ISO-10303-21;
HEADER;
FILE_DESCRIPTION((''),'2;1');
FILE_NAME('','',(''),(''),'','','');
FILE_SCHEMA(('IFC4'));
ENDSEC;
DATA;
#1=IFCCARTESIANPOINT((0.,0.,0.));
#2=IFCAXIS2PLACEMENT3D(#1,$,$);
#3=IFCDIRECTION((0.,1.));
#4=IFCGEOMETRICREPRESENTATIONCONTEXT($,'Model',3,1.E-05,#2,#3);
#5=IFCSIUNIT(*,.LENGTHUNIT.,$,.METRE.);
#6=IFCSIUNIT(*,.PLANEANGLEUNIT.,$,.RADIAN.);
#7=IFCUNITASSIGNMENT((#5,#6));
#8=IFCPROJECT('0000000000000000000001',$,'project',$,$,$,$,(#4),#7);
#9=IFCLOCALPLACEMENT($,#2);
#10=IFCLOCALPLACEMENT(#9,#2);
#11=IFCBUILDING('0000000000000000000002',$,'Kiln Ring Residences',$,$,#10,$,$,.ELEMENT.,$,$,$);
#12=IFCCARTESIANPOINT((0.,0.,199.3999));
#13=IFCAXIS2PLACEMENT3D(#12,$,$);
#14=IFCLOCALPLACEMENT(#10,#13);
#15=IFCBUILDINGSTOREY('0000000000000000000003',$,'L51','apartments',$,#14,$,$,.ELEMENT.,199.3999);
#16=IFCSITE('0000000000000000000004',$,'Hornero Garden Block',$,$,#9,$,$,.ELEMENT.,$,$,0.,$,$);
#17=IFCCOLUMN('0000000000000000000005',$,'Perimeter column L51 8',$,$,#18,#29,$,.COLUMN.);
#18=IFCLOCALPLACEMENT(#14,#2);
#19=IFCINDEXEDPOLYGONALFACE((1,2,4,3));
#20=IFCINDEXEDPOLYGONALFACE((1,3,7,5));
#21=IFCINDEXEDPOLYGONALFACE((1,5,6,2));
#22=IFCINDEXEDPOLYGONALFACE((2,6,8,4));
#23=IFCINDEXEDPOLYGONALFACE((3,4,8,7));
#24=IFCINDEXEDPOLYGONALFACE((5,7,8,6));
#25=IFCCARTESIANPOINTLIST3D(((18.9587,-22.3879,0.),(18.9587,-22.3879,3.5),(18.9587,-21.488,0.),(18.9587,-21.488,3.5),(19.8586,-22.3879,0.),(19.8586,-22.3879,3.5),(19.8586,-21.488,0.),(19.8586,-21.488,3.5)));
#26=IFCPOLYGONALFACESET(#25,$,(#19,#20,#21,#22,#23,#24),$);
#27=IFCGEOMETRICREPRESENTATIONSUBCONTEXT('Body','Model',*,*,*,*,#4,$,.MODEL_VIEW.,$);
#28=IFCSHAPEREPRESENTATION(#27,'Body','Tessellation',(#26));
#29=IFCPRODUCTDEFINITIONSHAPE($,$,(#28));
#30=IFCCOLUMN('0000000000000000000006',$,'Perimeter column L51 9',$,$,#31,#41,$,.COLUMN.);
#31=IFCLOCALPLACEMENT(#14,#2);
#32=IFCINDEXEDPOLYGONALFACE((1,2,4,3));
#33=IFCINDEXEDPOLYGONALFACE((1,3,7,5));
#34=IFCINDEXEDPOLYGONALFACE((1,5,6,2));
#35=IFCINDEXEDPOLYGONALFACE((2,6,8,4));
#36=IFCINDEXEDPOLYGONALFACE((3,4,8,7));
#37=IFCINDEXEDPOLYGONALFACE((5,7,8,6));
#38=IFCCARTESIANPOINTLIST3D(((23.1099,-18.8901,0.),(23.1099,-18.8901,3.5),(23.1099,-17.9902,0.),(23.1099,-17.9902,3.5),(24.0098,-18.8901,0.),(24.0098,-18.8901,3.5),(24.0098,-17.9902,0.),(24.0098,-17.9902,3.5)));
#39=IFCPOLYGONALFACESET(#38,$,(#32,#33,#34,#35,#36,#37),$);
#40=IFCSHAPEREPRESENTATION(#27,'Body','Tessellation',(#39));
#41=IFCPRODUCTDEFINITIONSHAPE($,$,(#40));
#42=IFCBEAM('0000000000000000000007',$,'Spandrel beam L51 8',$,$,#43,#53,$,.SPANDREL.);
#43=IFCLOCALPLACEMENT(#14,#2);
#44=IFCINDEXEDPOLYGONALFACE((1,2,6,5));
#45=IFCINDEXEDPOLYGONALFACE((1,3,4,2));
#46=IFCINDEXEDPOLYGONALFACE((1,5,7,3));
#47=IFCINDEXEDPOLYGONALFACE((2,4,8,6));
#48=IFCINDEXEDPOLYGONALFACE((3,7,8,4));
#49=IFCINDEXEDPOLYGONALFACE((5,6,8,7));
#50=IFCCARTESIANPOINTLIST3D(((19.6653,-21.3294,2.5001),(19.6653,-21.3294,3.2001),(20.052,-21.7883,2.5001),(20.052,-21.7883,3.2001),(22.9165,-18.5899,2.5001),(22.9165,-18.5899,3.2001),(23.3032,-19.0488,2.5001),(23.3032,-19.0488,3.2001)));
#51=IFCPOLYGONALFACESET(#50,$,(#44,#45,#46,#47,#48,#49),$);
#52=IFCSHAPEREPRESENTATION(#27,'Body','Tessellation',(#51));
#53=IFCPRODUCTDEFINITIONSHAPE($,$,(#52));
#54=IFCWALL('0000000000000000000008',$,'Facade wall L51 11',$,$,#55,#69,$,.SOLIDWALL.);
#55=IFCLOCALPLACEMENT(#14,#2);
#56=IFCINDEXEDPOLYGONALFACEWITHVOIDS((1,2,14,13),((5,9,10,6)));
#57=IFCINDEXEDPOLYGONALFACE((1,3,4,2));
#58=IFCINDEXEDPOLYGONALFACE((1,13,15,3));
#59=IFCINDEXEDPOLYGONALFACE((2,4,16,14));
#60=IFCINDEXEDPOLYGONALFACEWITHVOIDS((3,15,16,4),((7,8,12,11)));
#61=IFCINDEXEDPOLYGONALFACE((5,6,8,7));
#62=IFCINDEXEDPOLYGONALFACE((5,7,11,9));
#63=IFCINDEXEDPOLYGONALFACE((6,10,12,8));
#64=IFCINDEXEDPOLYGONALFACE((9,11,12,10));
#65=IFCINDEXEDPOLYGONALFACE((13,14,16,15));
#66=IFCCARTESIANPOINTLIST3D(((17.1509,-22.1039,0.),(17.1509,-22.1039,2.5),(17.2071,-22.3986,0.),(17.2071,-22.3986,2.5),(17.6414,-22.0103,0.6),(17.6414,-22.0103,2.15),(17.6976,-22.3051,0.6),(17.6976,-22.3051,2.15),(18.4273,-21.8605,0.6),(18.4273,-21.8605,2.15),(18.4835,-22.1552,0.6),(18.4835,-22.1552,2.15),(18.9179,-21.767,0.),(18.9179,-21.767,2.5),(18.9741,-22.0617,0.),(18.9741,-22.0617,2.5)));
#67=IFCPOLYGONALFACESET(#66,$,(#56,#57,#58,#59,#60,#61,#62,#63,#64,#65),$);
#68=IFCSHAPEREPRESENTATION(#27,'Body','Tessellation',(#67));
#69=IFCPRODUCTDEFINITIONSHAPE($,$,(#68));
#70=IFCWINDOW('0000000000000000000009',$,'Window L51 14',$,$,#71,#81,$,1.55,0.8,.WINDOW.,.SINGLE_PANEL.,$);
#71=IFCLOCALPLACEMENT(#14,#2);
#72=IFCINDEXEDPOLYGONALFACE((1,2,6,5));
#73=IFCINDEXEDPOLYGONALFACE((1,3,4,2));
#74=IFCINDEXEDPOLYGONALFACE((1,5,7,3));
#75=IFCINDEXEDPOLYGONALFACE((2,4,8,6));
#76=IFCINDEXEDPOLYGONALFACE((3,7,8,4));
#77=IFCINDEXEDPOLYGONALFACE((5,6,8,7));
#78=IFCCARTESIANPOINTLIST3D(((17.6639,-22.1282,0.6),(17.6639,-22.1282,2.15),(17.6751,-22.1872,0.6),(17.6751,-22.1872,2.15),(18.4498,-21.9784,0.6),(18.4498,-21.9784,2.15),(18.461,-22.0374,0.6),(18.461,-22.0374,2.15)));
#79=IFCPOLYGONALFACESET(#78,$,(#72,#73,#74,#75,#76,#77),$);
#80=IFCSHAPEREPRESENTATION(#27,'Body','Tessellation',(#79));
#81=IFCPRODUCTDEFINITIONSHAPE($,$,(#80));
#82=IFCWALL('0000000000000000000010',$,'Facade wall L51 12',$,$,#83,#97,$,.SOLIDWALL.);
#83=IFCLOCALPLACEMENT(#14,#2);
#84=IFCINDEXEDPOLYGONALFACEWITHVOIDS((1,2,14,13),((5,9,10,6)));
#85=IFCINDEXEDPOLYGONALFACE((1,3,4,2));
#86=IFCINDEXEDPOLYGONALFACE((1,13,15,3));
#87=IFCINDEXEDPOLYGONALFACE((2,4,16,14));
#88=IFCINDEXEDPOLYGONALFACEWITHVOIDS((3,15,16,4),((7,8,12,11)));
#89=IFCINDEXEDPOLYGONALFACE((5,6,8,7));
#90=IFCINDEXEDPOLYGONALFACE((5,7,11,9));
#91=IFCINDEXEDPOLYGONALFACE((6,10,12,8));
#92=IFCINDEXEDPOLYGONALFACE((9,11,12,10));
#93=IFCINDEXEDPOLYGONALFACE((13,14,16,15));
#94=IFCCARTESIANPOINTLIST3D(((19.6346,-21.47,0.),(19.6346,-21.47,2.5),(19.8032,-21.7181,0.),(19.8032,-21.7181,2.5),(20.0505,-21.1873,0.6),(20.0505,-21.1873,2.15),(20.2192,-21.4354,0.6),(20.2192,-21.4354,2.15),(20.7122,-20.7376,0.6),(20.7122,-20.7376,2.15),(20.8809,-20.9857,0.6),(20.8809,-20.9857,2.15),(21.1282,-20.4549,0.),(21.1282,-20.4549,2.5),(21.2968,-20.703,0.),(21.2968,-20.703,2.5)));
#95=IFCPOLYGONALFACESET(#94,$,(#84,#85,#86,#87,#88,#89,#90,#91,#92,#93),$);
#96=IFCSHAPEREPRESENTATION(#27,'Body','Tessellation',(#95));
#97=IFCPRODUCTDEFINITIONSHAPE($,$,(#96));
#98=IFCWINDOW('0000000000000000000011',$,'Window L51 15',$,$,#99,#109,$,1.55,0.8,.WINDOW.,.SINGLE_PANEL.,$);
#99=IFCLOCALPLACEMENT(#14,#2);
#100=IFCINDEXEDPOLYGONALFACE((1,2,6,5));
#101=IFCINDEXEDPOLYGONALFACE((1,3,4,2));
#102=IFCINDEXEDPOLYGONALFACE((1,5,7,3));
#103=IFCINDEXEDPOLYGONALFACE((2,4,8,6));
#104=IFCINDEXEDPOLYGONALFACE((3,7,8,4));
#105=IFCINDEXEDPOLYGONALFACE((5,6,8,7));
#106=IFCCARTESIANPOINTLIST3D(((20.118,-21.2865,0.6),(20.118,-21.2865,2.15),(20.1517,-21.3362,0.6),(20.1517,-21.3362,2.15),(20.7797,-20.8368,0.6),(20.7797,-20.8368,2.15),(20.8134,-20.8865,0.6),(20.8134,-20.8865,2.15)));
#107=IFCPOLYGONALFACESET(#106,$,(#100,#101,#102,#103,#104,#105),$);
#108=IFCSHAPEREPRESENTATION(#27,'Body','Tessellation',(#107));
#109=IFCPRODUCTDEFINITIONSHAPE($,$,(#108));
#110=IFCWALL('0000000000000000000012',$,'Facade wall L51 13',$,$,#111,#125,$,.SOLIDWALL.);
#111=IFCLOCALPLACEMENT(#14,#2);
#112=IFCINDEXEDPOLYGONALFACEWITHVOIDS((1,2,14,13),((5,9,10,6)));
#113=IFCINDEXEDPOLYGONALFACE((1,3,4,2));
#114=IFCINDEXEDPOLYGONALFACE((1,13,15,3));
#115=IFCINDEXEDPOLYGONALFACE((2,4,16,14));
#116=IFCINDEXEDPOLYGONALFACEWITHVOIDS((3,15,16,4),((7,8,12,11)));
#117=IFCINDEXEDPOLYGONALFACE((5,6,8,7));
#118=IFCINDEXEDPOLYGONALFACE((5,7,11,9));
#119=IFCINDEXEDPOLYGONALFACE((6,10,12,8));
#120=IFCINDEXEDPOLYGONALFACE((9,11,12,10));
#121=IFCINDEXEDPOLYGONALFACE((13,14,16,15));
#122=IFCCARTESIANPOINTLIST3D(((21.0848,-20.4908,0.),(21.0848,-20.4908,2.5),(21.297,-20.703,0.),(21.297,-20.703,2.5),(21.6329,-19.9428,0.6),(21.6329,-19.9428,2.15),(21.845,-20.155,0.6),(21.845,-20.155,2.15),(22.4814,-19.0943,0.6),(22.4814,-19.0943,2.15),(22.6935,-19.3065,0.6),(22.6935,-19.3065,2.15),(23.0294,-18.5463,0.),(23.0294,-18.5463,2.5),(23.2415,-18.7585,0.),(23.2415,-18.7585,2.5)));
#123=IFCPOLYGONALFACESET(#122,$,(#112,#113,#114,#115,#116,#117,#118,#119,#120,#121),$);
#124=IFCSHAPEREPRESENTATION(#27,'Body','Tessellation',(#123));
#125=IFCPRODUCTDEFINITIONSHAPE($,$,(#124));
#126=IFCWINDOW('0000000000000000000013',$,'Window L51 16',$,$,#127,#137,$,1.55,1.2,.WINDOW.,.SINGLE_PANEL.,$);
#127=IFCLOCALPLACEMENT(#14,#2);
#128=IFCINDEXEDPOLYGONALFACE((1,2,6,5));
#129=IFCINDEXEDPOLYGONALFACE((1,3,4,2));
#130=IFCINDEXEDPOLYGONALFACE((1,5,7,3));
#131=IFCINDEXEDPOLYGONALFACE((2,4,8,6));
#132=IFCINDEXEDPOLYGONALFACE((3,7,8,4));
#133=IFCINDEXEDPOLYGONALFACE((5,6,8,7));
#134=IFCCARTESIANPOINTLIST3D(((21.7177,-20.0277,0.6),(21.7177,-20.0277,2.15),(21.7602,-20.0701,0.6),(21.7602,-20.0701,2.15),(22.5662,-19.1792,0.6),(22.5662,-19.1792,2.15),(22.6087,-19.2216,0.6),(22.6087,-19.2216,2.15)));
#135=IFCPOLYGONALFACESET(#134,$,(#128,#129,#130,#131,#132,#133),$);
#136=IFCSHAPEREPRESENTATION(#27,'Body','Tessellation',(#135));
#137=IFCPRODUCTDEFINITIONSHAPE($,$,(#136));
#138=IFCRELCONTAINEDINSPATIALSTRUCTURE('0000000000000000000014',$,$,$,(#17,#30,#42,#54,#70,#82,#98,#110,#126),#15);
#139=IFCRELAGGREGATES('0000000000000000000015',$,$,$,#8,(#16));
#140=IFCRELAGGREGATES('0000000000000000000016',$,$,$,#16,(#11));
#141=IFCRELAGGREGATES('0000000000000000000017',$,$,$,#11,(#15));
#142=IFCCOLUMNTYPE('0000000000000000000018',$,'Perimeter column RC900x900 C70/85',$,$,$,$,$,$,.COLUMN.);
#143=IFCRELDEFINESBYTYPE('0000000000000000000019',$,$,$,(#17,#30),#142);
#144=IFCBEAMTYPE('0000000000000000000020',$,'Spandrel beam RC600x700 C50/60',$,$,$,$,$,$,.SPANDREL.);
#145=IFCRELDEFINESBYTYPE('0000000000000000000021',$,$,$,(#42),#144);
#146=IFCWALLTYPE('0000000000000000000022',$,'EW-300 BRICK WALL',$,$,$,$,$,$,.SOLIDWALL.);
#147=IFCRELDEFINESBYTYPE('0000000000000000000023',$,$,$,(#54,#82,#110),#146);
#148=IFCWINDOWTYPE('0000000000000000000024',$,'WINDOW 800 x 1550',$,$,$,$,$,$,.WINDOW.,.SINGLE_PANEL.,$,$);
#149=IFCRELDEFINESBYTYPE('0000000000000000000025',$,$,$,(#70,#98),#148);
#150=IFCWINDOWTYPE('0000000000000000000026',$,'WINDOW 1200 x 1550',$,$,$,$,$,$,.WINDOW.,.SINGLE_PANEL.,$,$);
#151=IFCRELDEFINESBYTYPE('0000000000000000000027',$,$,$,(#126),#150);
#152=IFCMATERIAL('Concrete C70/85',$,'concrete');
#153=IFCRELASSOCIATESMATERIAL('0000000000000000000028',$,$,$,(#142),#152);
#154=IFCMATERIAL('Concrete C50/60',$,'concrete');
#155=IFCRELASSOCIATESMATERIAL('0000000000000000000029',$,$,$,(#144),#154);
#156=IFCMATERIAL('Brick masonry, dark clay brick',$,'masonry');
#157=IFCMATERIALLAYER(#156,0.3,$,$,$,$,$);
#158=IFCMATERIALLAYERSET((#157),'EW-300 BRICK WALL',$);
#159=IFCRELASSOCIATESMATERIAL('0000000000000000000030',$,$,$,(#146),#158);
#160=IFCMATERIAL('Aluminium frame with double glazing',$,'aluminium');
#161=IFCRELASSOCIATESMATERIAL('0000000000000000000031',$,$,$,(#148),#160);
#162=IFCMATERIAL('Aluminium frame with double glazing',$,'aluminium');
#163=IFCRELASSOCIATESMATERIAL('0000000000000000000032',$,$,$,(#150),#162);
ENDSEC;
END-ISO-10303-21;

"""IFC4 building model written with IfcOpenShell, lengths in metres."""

from ifc_helpers import new_model, si_unit, direction, frame, frame_2d, origin, origin_2d, place, context, subcontext, project, spatial, rectangle, extrude, material, layer, layer_set, material_profile, profile_set, type_object, element, fill, save


model = new_model("IFC4")

# Units and contexts
model_context = context("Model", 3, precision=1e-05, world=origin(), true_north=direction((0.0, 1.0)))
body_context = subcontext(model_context, "Body", "Model", "MODEL_VIEW")
ifc_project = project(units=[si_unit("LENGTHUNIT", "METRE"), si_unit("PLANEANGLEUNIT", "RADIAN")], contexts=[model_context])

# Site, building, storey
site_placement = place(None, origin())
site = spatial("IfcSite", under=ifc_project, at=site_placement, Name="Hornero Garden Block", CompositionType="ELEMENT", RefElevation=0.0)
building_placement = place(site_placement, origin())
building = spatial("IfcBuilding", under=site, at=building_placement, Name="Kiln Ring Residences", CompositionType="ELEMENT")
storey_placement = place(building_placement, frame((0.0, 0.0, 199.3999)))
storey = spatial("IfcBuildingStorey", under=building, at=storey_placement, Name="L51", Description="apartments", CompositionType="ELEMENT", Elevation=199.3999)

# Columns
ifc_material_1 = material(Name="Concrete C70/85", Category="concrete")
ifc_material_profile_1 = material_profile(ifc_material_1, rectangle(XDim=0.8999, YDim=0.8999, at=origin_2d()), Name="RC900x900")
ifc_profile_set_1 = profile_set([ifc_material_profile_1], Name="Concrete C70/85")
column_type = type_object("IfcColumnType", Name="Perimeter column RC900x900 C70/85", PredefinedType="COLUMN", material=ifc_profile_set_1)
for number, where, z_axis, x_axis, name in (
    (1, (19.4087, -21.938, 0.0), (0.0, 0.0, 1.0), (1.0, 0.0, 0.0), "Perimeter column L51 8"),
    (2, (23.5598, -18.4402, 0.0), (0.0, 0.0, 1.0), (1.0, 0.0, 0.0), "Perimeter column L51 9"),
):
    element("IfcColumn", number, at=place(storey_placement, frame(where, z_axis=z_axis, x_axis=x_axis)), inside=storey, type_object=column_type, Name=name, PredefinedType="COLUMN", context=body_context, shape_type="SweptSolid", body=[
        extrude(rectangle(XDim=0.8999, YDim=0.8999, at=origin_2d()), origin(), (0.0, 0.0, 1.0), 3.5),
    ])

# Beam
ifc_material_2 = material(Name="Concrete C50/60", Category="concrete")
ifc_material_profile_2 = material_profile(ifc_material_2, rectangle(XDim=0.6001, YDim=0.7, at=origin_2d()), Name="RC600x700")
ifc_profile_set_2 = profile_set([ifc_material_profile_2], Name="Concrete C50/60")
beam_type = type_object("IfcBeamType", Name="Spandrel beam RC600x700 C50/60", PredefinedType="SPANDREL", material=ifc_profile_set_2)
beam_placement = place(storey_placement, frame((19.8586, -21.5588, 2.8501), z_axis=(0.764722, 0.64436, 0.0), x_axis=(-0.64436, 0.764722, 0.0)))
element("IfcBeam", 3, at=beam_placement, inside=storey, type_object=beam_type, Name="Spandrel beam L51 8", PredefinedType="SPANDREL", context=body_context, shape_type="SweptSolid", body=[
    extrude(rectangle(XDim=0.6001, YDim=0.7, at=origin_2d()), origin(), (0.0, 0.0, 1.0), 4.2515),
])

# Walls, openings, windows
ifc_material_3 = material(Name="Brick masonry, dark clay brick", Category="masonry")
ifc_layer_1 = layer(ifc_material_3, 0.3)
ifc_layer_set_1 = layer_set([ifc_layer_1], Name="EW-300 BRICK WALL")
wall_type_1 = type_object("IfcWallType", Name="EW-300 BRICK WALL", PredefinedType="SOLIDWALL", material=ifc_layer_set_1)
wall_1_placement = place(storey_placement, frame((17.179, -22.2512, 0.0), z_axis=(0.0, 0.0, 1.0), x_axis=(0.982305, 0.187287, 0.0)))
wall_1 = element("IfcWall", 4, at=wall_1_placement, inside=storey, type_object=wall_type_1, Name="Facade wall L51 11", PredefinedType="SOLIDWALL", context=body_context, shape_type="SweptSolid", body=[
    extrude(rectangle(XDim=1.7988, YDim=0.3, at=frame_2d((0.8994, 0.0))), origin(), (0.0, 0.0, 1.0), 2.5),
])
opening_1_placement = place(wall_1_placement, frame((0.4995, 0.0, 0.6001)))
opening_1 = element("IfcOpeningElement", 5, at=opening_1_placement, cuts=wall_1, PredefinedType="OPENING", context=body_context, shape_type="SweptSolid", body=[
    extrude(rectangle(XDim=0.8, YDim=1.55, at=frame_2d((0.3999, 0.7749))), frame((0.0, 0.1599, 0.0), z_axis=(0.0, -1.0, 0.0), x_axis=(1.0, 0.0, 0.0)), (0.0, 0.0, 1.0), 0.3201),
])
ifc_material_4 = material(Name="Aluminium frame with double glazing", Category="aluminium")
window_type_1 = type_object("IfcWindowType", Name="WINDOW 800 x 1550", PartitioningType="SINGLE_PANEL", PredefinedType="WINDOW", material=ifc_material_4)
window_1_placement = place(opening_1_placement, origin())
window_1 = element("IfcWindow", 6, at=window_1_placement, inside=storey, type_object=window_type_1, Name="Window L51 14", OverallHeight=1.55, OverallWidth=0.8, PartitioningType="SINGLE_PANEL", PredefinedType="WINDOW", context=body_context, shape_type="SweptSolid", body=[
    extrude(rectangle(XDim=0.8, YDim=1.55, at=frame_2d((0.3999, 0.7749))), frame((0.0, 0.03, 0.0), z_axis=(0.0, -1.0, 0.0), x_axis=(1.0, 0.0, 0.0)), (0.0, 0.0, 1.0), 0.0601),
])
fill(opening_1, window_1)
wall_2_placement = place(storey_placement, frame((19.719, -21.594, 0.0), z_axis=(0.0, 0.0, 1.0), x_axis=(0.827067, 0.562103, 0.0)))
wall_2 = element("IfcWall", 7, at=wall_2_placement, inside=storey, type_object=wall_type_1, Name="Facade wall L51 12", PredefinedType="SOLIDWALL", context=body_context, shape_type="SweptSolid", body=[
    extrude(rectangle(XDim=1.8059, YDim=0.3, at=frame_2d((0.9028, 0.0))), origin(), (0.0, 0.0, 1.0), 2.5),
])
opening_2_placement = place(wall_2_placement, frame((0.5029, 0.0, 0.6001)))
opening_2 = element("IfcOpeningElement", 8, at=opening_2_placement, cuts=wall_2, PredefinedType="OPENING", context=body_context, shape_type="SweptSolid", body=[
    extrude(rectangle(XDim=0.8, YDim=1.55, at=frame_2d((0.3999, 0.7749))), frame((0.0, 0.1599, 0.0), z_axis=(0.0, -1.0, 0.0), x_axis=(1.0, 0.0, 0.0)), (0.0, 0.0, 1.0), 0.3201),
])
window_2_placement = place(opening_2_placement, origin())
window_2 = element("IfcWindow", 9, at=window_2_placement, inside=storey, type_object=window_type_1, Name="Window L51 15", OverallHeight=1.55, OverallWidth=0.8, PartitioningType="SINGLE_PANEL", PredefinedType="WINDOW", context=body_context, shape_type="SweptSolid", body=[
    extrude(rectangle(XDim=0.8, YDim=1.55, at=frame_2d((0.3999, 0.7749))), frame((0.0, 0.03, 0.0), z_axis=(0.0, -1.0, 0.0), x_axis=(1.0, 0.0, 0.0)), (0.0, 0.0, 1.0), 0.0601),
])
fill(opening_2, window_2)
wall_3_placement = place(storey_placement, frame((21.1909, -20.5969, 0.0), z_axis=(0.0, 0.0, 1.0), x_axis=(0.707107, 0.707107, 0.0)))
wall_3 = element("IfcWall", 10, at=wall_3_placement, inside=storey, type_object=wall_type_1, Name="Facade wall L51 13", PredefinedType="SOLIDWALL", context=body_context, shape_type="SweptSolid", body=[
    extrude(rectangle(XDim=2.75, YDim=0.3, at=frame_2d((1.375, 0.0))), origin(), (0.0, 0.0, 1.0), 2.5),
])
opening_3_placement = place(wall_3_placement, frame((0.7749, 0.0, 0.6001)))
opening_3 = element("IfcOpeningElement", 11, at=opening_3_placement, cuts=wall_3, PredefinedType="OPENING", context=body_context, shape_type="SweptSolid", body=[
    extrude(rectangle(XDim=1.2, YDim=1.55, at=frame_2d((0.6001, 0.7749))), frame((0.0, 0.1599, 0.0), z_axis=(0.0, -1.0, 0.0), x_axis=(1.0, 0.0, 0.0)), (0.0, 0.0, 1.0), 0.3201),
])
ifc_material_5 = material(Name="Aluminium frame with double glazing", Category="aluminium")
window_type_2 = type_object("IfcWindowType", Name="WINDOW 1200 x 1550", PartitioningType="SINGLE_PANEL", PredefinedType="WINDOW", material=ifc_material_5)
window_3_placement = place(opening_3_placement, origin())
window_3 = element("IfcWindow", 12, at=window_3_placement, inside=storey, type_object=window_type_2, Name="Window L51 16", OverallHeight=1.55, OverallWidth=1.2, PartitioningType="SINGLE_PANEL", PredefinedType="WINDOW", context=body_context, shape_type="SweptSolid", body=[
    extrude(rectangle(XDim=1.2, YDim=1.55, at=frame_2d((0.6001, 0.7749))), frame((0.0, 0.03, 0.0), z_axis=(0.0, -1.0, 0.0), x_axis=(1.0, 0.0, 0.0)), (0.0, 0.0, 1.0), 0.0601),
])
fill(opening_3, window_3)

save(model, "model.ifc")
